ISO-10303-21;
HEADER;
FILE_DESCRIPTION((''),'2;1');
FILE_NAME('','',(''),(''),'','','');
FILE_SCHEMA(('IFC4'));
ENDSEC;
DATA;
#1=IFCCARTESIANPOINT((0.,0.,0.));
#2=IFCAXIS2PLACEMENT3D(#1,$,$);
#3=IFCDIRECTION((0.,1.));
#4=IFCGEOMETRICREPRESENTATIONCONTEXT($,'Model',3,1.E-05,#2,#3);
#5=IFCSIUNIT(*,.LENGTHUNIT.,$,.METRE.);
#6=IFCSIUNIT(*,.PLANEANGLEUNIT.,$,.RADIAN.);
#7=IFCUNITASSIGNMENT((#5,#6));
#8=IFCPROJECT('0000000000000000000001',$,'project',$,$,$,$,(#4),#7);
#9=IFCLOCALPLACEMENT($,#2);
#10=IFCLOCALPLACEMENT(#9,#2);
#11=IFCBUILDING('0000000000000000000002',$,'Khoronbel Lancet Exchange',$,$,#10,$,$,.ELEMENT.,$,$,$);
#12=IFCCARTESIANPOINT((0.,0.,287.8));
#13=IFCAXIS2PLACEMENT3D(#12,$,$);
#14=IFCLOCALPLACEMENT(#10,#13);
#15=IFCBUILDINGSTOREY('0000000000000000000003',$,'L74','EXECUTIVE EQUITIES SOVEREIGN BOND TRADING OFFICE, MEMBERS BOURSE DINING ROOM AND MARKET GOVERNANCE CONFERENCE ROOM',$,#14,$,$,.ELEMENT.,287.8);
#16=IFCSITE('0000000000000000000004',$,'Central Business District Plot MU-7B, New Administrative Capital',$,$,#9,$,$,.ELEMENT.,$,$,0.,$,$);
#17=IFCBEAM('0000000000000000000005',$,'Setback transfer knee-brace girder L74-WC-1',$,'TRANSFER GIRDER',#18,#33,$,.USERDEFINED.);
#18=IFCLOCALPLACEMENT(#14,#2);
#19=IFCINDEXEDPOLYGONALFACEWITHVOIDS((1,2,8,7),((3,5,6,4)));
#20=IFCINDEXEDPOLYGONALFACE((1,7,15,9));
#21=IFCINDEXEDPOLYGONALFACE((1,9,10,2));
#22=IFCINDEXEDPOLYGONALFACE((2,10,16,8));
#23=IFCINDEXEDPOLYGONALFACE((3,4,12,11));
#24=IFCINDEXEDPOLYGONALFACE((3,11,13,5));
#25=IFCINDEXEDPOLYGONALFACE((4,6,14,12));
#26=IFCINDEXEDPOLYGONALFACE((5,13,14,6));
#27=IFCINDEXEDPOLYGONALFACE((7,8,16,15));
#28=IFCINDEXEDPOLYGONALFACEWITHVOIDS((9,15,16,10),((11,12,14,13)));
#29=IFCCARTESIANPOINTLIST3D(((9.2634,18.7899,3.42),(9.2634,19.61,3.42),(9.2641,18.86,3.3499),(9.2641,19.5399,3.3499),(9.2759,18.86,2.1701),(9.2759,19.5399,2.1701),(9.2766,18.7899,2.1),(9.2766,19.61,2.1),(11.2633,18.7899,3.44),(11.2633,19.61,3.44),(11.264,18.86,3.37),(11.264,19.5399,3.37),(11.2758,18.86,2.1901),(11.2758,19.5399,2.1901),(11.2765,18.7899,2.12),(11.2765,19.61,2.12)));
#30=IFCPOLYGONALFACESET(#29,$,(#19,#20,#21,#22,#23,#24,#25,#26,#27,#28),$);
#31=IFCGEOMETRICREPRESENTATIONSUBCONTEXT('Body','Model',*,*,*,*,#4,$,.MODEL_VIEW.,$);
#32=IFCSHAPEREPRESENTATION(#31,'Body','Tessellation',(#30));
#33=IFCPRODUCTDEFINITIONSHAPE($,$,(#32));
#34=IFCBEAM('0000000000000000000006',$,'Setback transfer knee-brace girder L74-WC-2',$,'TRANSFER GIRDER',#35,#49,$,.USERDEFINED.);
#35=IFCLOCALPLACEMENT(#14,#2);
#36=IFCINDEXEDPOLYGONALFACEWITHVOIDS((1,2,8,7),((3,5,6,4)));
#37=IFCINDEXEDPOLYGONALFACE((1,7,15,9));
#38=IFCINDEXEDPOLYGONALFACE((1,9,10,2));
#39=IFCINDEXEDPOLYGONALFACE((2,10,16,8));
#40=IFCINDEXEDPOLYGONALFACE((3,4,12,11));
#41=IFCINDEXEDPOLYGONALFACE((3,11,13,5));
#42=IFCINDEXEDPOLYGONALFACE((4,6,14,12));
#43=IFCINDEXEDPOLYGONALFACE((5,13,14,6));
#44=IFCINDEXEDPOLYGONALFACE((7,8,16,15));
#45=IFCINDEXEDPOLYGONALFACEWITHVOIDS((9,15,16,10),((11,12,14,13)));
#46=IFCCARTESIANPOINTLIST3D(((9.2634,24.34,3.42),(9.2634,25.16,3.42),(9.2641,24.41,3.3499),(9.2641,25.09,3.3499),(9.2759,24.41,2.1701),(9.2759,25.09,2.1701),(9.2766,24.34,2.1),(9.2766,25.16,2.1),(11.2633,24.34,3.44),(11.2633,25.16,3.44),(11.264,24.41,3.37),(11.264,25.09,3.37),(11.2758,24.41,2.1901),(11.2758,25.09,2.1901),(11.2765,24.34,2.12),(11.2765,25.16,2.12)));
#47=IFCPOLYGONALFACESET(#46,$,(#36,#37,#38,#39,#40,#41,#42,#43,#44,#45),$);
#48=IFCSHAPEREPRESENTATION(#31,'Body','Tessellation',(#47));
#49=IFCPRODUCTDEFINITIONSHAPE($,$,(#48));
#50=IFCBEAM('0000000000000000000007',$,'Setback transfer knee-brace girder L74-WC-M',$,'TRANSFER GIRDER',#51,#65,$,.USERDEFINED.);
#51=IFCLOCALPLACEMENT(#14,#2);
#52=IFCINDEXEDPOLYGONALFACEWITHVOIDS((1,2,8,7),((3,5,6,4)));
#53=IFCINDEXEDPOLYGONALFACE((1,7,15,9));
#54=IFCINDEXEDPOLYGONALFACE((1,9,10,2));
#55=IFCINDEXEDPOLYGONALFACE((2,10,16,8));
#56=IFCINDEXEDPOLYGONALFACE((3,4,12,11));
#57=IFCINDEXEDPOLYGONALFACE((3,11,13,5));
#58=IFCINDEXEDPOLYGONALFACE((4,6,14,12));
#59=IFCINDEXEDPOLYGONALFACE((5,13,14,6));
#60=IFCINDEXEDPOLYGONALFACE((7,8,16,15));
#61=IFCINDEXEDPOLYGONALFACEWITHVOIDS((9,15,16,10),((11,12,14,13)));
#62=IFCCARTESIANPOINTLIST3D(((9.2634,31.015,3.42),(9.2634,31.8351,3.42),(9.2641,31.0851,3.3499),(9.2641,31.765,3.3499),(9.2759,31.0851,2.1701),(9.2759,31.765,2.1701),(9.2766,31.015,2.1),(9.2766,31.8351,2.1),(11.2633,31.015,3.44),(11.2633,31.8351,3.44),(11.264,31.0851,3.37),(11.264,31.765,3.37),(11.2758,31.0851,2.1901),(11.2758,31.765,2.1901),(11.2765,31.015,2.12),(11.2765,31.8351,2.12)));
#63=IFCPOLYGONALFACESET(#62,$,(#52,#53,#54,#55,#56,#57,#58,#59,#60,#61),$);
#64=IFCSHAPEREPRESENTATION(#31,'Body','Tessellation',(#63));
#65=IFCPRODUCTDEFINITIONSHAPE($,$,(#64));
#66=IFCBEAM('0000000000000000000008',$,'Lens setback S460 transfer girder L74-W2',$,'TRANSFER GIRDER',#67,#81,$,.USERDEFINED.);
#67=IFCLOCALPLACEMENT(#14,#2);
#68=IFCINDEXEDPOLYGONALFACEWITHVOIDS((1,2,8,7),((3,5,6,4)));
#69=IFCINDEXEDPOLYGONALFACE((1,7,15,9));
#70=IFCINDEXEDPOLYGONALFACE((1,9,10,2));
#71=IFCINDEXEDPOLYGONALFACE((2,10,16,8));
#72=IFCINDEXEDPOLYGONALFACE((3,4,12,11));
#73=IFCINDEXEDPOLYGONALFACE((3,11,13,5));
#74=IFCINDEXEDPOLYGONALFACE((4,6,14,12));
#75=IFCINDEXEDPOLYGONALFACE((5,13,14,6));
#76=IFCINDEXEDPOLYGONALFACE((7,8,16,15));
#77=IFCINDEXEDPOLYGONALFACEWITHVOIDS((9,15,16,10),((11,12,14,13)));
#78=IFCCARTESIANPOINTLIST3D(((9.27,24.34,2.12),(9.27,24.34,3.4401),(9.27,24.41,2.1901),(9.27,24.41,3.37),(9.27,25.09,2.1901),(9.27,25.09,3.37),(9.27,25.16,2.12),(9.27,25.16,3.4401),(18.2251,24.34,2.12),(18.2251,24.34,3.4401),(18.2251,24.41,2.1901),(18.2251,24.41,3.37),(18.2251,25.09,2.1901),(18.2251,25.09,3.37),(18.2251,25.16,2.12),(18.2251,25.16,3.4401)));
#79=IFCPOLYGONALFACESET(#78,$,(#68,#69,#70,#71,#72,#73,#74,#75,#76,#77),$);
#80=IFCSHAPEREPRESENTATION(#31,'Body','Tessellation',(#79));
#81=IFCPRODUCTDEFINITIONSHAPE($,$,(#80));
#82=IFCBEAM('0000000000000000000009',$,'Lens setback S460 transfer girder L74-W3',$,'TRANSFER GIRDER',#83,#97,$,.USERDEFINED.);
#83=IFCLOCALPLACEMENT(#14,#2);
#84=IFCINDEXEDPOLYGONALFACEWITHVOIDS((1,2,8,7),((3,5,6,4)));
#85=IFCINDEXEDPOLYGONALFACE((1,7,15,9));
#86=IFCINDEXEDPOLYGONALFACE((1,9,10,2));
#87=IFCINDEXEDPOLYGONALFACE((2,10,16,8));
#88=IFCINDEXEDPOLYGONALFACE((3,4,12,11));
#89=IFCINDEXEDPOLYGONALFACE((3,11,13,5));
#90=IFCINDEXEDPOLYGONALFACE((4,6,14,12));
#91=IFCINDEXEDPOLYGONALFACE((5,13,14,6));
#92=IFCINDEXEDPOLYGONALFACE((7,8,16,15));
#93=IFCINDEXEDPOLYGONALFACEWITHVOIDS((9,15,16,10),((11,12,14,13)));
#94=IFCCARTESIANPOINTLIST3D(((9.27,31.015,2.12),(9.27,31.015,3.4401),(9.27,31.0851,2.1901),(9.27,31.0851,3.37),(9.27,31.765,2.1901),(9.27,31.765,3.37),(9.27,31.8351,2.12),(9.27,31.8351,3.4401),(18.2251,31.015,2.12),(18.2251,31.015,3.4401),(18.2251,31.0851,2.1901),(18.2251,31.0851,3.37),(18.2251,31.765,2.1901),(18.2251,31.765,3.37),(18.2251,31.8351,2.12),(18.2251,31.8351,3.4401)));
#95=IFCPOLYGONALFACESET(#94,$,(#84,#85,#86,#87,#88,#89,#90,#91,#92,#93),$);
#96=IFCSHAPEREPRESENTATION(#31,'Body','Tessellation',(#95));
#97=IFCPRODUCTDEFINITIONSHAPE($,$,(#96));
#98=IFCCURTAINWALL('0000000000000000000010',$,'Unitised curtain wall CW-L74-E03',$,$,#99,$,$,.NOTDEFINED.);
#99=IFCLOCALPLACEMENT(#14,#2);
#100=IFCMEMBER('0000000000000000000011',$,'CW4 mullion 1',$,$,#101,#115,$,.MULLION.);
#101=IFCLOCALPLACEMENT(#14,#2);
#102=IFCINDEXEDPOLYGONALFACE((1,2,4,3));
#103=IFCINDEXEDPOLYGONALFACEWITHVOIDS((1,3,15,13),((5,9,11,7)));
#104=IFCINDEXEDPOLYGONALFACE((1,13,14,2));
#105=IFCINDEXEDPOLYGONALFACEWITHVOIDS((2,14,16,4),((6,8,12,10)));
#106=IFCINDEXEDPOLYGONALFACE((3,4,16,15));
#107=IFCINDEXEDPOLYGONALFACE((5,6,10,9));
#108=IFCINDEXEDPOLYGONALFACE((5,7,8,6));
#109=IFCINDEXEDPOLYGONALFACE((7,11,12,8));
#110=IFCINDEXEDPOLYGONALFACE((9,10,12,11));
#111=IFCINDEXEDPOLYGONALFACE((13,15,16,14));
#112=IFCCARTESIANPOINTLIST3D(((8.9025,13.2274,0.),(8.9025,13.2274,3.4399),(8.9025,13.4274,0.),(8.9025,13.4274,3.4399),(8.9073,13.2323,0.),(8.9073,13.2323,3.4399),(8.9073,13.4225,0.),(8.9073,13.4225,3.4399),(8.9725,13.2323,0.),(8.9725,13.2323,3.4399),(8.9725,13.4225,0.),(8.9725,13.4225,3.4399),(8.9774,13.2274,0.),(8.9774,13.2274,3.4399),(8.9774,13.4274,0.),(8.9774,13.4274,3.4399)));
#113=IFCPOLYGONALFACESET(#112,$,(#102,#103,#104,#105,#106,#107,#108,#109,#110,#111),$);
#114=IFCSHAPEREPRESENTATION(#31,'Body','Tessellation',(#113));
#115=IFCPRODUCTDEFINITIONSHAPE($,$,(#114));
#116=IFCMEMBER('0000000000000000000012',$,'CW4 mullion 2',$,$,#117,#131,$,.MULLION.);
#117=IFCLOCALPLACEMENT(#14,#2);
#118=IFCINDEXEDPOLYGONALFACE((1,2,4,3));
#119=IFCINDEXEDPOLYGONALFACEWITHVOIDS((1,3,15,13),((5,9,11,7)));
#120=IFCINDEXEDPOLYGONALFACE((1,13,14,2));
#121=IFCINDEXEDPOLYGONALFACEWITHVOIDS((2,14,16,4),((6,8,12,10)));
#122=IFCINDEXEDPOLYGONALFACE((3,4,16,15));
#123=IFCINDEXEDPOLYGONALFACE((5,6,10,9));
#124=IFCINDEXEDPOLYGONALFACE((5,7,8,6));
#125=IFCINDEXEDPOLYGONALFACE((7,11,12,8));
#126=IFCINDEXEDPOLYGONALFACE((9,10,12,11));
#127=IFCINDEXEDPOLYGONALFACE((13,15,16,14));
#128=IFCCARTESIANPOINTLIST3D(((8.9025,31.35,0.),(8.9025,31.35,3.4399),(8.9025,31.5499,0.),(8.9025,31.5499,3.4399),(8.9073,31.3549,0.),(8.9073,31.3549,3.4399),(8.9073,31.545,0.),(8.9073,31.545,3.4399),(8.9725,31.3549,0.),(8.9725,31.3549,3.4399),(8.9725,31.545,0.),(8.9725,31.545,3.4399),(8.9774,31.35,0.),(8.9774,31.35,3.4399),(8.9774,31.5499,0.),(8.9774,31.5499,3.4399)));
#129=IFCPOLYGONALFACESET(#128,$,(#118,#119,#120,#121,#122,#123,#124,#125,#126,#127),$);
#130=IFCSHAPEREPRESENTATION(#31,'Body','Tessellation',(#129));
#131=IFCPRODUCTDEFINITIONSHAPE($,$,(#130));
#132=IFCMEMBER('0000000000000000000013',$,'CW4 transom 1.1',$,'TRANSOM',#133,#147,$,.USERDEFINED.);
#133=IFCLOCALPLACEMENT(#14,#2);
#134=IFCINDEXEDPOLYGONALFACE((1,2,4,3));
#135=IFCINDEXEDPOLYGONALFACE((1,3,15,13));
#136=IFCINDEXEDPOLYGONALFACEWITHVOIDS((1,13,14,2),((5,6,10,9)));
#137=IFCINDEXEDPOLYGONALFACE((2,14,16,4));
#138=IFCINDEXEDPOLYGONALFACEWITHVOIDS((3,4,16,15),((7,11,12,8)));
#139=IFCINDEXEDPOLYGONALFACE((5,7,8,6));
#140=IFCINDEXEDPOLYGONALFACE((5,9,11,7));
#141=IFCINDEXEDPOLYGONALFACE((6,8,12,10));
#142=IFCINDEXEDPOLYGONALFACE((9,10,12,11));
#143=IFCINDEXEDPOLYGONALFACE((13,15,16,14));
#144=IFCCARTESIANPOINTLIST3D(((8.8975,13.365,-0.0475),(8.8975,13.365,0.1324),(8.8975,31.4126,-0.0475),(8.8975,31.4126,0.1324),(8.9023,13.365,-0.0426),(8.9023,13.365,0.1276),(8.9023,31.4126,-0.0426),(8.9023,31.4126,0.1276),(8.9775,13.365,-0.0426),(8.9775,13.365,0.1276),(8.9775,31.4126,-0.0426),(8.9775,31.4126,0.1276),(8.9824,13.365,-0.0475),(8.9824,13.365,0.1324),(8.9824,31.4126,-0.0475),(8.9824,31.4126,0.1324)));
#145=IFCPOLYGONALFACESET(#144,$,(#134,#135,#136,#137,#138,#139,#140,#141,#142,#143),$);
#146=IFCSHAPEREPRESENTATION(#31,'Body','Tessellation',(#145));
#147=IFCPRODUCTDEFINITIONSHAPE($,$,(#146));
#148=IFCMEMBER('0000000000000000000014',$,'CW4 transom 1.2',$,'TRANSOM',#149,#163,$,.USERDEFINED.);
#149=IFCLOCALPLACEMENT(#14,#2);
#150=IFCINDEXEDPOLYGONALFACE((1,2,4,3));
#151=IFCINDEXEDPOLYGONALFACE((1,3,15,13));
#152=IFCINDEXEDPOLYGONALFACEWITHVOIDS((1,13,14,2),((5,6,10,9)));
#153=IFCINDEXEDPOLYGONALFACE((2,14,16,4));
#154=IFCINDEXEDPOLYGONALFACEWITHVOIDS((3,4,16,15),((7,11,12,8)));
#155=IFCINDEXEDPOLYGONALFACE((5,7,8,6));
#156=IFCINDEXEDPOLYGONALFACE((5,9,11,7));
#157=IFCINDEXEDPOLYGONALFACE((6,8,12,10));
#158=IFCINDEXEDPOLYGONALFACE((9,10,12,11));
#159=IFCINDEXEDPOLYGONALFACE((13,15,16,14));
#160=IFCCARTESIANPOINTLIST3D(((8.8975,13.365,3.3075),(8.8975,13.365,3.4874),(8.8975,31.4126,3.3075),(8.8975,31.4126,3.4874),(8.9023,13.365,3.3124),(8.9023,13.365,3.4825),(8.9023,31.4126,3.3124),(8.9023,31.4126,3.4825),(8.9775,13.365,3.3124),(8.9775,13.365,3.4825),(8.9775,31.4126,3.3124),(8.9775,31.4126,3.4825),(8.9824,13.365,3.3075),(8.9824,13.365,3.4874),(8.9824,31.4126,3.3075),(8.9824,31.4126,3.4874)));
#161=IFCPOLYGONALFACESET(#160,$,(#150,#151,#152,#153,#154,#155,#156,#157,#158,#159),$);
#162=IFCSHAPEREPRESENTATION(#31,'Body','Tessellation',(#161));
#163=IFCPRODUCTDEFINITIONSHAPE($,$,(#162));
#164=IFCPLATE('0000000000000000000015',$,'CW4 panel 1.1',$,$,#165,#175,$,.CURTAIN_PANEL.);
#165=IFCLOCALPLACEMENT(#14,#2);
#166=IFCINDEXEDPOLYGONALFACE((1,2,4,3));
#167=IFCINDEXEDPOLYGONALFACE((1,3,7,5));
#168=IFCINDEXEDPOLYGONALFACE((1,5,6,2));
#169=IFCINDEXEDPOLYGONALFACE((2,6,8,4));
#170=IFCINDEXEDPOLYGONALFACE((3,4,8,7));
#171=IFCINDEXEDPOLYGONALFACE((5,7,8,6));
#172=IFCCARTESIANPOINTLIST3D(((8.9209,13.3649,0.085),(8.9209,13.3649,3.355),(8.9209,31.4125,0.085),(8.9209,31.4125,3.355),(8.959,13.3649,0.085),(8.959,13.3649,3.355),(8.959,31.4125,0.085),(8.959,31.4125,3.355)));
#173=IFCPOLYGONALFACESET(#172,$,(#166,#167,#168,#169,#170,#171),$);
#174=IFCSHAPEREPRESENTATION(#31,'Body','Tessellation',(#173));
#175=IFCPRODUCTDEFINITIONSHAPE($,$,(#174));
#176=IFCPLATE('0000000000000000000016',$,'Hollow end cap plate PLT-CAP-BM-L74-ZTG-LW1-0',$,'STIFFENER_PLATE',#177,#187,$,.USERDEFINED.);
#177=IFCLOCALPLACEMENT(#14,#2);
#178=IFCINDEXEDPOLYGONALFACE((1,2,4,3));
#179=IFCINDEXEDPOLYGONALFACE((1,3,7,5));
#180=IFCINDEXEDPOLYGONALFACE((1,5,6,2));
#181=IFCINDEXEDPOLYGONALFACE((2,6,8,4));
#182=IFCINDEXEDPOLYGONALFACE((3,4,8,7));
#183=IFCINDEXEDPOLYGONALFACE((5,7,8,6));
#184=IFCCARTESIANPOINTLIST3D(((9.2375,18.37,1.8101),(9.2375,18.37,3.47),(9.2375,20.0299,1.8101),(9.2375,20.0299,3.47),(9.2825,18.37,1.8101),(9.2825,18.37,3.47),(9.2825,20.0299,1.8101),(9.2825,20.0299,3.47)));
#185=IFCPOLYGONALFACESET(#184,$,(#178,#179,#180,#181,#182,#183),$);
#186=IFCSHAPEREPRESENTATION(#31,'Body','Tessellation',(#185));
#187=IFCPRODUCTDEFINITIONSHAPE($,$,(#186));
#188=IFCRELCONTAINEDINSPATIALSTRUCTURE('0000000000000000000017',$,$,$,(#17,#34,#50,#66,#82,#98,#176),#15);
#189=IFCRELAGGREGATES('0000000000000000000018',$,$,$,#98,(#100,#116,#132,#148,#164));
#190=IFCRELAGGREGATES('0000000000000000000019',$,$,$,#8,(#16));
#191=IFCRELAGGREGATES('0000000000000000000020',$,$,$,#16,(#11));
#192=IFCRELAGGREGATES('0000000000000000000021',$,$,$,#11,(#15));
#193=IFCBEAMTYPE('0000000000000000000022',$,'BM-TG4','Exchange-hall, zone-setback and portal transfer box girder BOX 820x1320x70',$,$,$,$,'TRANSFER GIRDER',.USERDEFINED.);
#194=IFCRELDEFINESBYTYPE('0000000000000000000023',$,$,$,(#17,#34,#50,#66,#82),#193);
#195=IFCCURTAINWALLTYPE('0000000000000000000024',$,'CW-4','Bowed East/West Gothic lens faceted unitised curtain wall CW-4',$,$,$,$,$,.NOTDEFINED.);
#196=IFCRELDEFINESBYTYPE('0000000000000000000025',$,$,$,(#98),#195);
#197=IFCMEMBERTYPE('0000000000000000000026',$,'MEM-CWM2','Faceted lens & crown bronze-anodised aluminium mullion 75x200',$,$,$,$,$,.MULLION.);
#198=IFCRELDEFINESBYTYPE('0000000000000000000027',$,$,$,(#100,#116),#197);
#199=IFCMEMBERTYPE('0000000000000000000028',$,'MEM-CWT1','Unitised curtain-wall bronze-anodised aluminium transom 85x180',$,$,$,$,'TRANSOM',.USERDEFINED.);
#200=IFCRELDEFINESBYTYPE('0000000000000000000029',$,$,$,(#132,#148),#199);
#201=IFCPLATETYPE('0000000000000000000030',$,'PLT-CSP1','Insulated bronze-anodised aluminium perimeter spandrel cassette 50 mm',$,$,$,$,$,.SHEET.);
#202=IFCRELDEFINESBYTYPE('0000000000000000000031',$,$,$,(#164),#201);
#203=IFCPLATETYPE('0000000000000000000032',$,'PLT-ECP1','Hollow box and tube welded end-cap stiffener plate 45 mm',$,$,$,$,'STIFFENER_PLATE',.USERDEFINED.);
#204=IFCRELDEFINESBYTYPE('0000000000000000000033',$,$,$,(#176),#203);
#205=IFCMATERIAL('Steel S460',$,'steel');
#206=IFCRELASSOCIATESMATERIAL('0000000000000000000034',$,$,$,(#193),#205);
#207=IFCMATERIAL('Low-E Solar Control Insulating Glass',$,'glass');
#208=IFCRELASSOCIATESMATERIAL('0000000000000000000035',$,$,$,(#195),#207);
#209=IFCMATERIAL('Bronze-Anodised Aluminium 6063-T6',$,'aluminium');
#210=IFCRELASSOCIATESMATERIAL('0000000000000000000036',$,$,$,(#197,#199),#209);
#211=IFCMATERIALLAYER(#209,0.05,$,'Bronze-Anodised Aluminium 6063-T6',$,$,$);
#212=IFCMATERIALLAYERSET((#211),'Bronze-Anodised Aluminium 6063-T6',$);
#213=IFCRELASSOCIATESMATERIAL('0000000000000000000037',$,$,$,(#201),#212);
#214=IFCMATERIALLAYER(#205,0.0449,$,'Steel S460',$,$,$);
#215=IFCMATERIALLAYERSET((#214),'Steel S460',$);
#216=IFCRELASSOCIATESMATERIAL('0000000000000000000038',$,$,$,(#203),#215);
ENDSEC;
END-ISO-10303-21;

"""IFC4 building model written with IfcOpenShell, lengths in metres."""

from ifc_helpers import new_model, si_unit, direction, frame, origin, origin_2d, place, context, subcontext, project, spatial, rectangle, hollow_rectangle, extrude, material, layer, layer_set, material_profile, profile_set, type_object, element, aggregate, save


model = new_model("IFC4")

# Units and contexts
model_context = context("Model", 3, precision=1e-05, world=origin(), true_north=direction((0.0, 1.0)))
body_context = subcontext(model_context, "Body", "Model", "MODEL_VIEW")
ifc_project = project(units=[si_unit("LENGTHUNIT", "METRE"), si_unit("PLANEANGLEUNIT", "RADIAN")], contexts=[model_context])

# Site, building, storey
site_placement = place(None, origin())
site = spatial("IfcSite", under=ifc_project, at=site_placement, Name="Central Business District Plot MU-7B, New Administrative Capital", CompositionType="ELEMENT", RefElevation=0.0)
building_placement = place(site_placement, origin())
building = spatial("IfcBuilding", under=site, at=building_placement, Name="Khoronbel Lancet Exchange", CompositionType="ELEMENT")
storey_placement = place(building_placement, frame((0.0, 0.0, 287.8)))
storey = spatial("IfcBuildingStorey", under=building, at=storey_placement, Name="L74", Description="EXECUTIVE EQUITIES SOVEREIGN BOND TRADING OFFICE, MEMBERS BOURSE DINING ROOM AND MARKET GOVERNANCE CONFERENCE ROOM", CompositionType="ELEMENT", Elevation=287.8)

# Beams
ifc_material_1 = material(Name="Steel S460", Category="steel")
ifc_material_profile_1 = material_profile(ifc_material_1, hollow_rectangle(XDim=0.8201, YDim=1.3201, WallThickness=0.0701, at=origin_2d()), Name="BOX 820x1320x70")
ifc_profile_set_1 = profile_set([ifc_material_profile_1], Name="Steel S460")
beam_type_1 = type_object("IfcBeamType", Name="BM-TG4", Description="Exchange-hall, zone-setback and portal transfer box girder BOX 820x1320x70", ElementType="TRANSFER GIRDER", PredefinedType="USERDEFINED", material=ifc_profile_set_1)
for number, where, z_axis, x_axis, name in (
    (1, (9.27, 19.2, 2.76), (0.99995, 0.0, 0.010009), (0.0, 1.0, 0.0), "Setback transfer knee-brace girder L74-WC-1"),
    (2, (9.27, 24.75, 2.76), (0.99995, 0.0, 0.010009), (0.0, 1.0, 0.0), "Setback transfer knee-brace girder L74-WC-2"),
    (3, (9.27, 31.425, 2.76), (0.99995, 0.0, 0.010009), (0.0, 1.0, 0.0), "Setback transfer knee-brace girder L74-WC-M"),
):
    element("IfcBeam", number, at=place(storey_placement, frame(where, z_axis=z_axis, x_axis=x_axis)), inside=storey, type_object=beam_type_1, Name=name, ObjectType="TRANSFER GIRDER", PredefinedType="USERDEFINED", context=body_context, shape_type="SweptSolid", body=[
        extrude(hollow_rectangle(XDim=0.8201, YDim=1.3201, WallThickness=0.0701, at=origin_2d()), origin(), (0.0, 0.0, 1.0), 2.0),
    ])
for number, where, z_axis, x_axis, name in (
    (4, (9.27, 24.75, 2.78), (1.0, 0.0, 0.0), (0.0, 1.0, 0.0), "Lens setback S460 transfer girder L74-W2"),
    (5, (9.27, 31.425, 2.78), (1.0, 0.0, 0.0), (0.0, 1.0, 0.0), "Lens setback S460 transfer girder L74-W3"),
):
    element("IfcBeam", number, at=place(storey_placement, frame(where, z_axis=z_axis, x_axis=x_axis)), inside=storey, type_object=beam_type_1, Name=name, ObjectType="TRANSFER GIRDER", PredefinedType="USERDEFINED", context=body_context, shape_type="SweptSolid", body=[
        extrude(hollow_rectangle(XDim=0.8201, YDim=1.3201, WallThickness=0.0701, at=origin_2d()), origin(), (0.0, 0.0, 1.0), 8.9551),
    ])

# Curtain wall, members, plate
ifc_material_2 = material(Name="Low-E Solar Control Insulating Glass", Category="glass")
curtain_wall_type = type_object("IfcCurtainWallType", Name="CW-4", Description="Bowed East/West Gothic lens faceted unitised curtain wall CW-4", PredefinedType="NOTDEFINED", material=ifc_material_2)
curtain_wall_placement = place(storey_placement, origin())
curtain_wall = element("IfcCurtainWall", 6, at=curtain_wall_placement, inside=storey, type_object=curtain_wall_type, Name="Unitised curtain wall CW-L74-E03", PredefinedType="NOTDEFINED")
ifc_material_3 = material(Name="Bronze-Anodised Aluminium 6063-T6", Category="aluminium")
ifc_material_profile_2 = material_profile(ifc_material_3, hollow_rectangle(XDim=0.075, YDim=0.2, WallThickness=0.0049, at=origin_2d()), Name="ALU MULLION 75x200")
ifc_profile_set_2 = profile_set([ifc_material_profile_2], Name="Bronze-Anodised Aluminium 6063-T6")
member_type_1 = type_object("IfcMemberType", Name="MEM-CWM2", Description="Faceted lens & crown bronze-anodised aluminium mullion 75x200", PredefinedType="MULLION", material=ifc_profile_set_2)
member_1_placement = place(storey_placement, frame((8.9399, 13.3274, 0.0), z_axis=(0.0, 0.0, 1.0), x_axis=(-1.0, 0.0, 0.0)))
member_1 = element("IfcMember", 7, at=member_1_placement, type_object=member_type_1, Name="CW4 mullion 1", PredefinedType="MULLION", context=body_context, shape_type="SweptSolid", body=[
    extrude(hollow_rectangle(XDim=0.075, YDim=0.2, WallThickness=0.0049, at=origin_2d()), origin(), (0.0, 0.0, 1.0), 3.4399),
])
member_2_placement = place(storey_placement, frame((8.9399, 31.45, 0.0), z_axis=(0.0, 0.0, 1.0), x_axis=(-1.0, 0.0, 0.0)))
member_2 = element("IfcMember", 8, at=member_2_placement, type_object=member_type_1, Name="CW4 mullion 2", PredefinedType="MULLION", context=body_context, shape_type="SweptSolid", body=[
    extrude(hollow_rectangle(XDim=0.075, YDim=0.2, WallThickness=0.0049, at=origin_2d()), origin(), (0.0, 0.0, 1.0), 3.4399),
])
ifc_material_profile_3 = material_profile(ifc_material_3, hollow_rectangle(XDim=0.085, YDim=0.1799, WallThickness=0.0049, at=origin_2d()), Name="ALU TRANSOM 85x180")
ifc_profile_set_3 = profile_set([ifc_material_profile_3], Name="Bronze-Anodised Aluminium 6063-T6")
member_type_2 = type_object("IfcMemberType", Name="MEM-CWT1", Description="Unitised curtain-wall bronze-anodised aluminium transom 85x180", ElementType="TRANSOM", PredefinedType="USERDEFINED", material=ifc_profile_set_3)
member_3_placement = place(storey_placement, frame((8.9399, 13.365, 0.0425), z_axis=(0.0, 1.0, 0.0), x_axis=(-1.0, 0.0, 0.0)))
member_3 = element("IfcMember", 9, at=member_3_placement, type_object=member_type_2, Name="CW4 transom 1.1", ObjectType="TRANSOM", PredefinedType="USERDEFINED", context=body_context, shape_type="SweptSolid", body=[
    extrude(hollow_rectangle(XDim=0.085, YDim=0.1799, WallThickness=0.0049, at=origin_2d()), origin(), (0.0, 0.0, 1.0), 18.0476),
])
member_4_placement = place(storey_placement, frame((8.9399, 13.365, 3.3975), z_axis=(0.0, 1.0, 0.0), x_axis=(-1.0, 0.0, 0.0)))
member_4 = element("IfcMember", 10, at=member_4_placement, type_object=member_type_2, Name="CW4 transom 1.2", ObjectType="TRANSOM", PredefinedType="USERDEFINED", context=body_context, shape_type="SweptSolid", body=[
    extrude(hollow_rectangle(XDim=0.085, YDim=0.1799, WallThickness=0.0049, at=origin_2d()), origin(), (0.0, 0.0, 1.0), 18.0476),
])
ifc_layer_1 = layer(ifc_material_3, 0.05, Name="Bronze-Anodised Aluminium 6063-T6")
ifc_layer_set_1 = layer_set([ifc_layer_1], Name="Bronze-Anodised Aluminium 6063-T6")
plate_type_1 = type_object("IfcPlateType", Name="PLT-CSP1", Description="Insulated bronze-anodised aluminium perimeter spandrel cassette 50 mm", PredefinedType="SHEET", material=ifc_layer_set_1)
plate_1_placement = place(storey_placement, frame((8.9399, 22.3887, 0.085), z_axis=(0.0, 0.0, 1.0), x_axis=(0.0, 1.0, 0.0)))
plate_1 = element("IfcPlate", 11, at=plate_1_placement, type_object=plate_type_1, Name="CW4 panel 1.1", PredefinedType="CURTAIN_PANEL", context=body_context, shape_type="SweptSolid", body=[
    extrude(rectangle(XDim=18.0476, YDim=0.0381, at=origin_2d()), origin(), (0.0, 0.0, 1.0), 3.27),
])
aggregate(curtain_wall, [member_1, member_2, member_3, member_4, plate_1])

# Plate
ifc_layer_2 = layer(ifc_material_1, 0.0449, Name="Steel S460")
ifc_layer_set_2 = layer_set([ifc_layer_2], Name="Steel S460")
plate_type_2 = type_object("IfcPlateType", Name="PLT-ECP1", Description="Hollow box and tube welded end-cap stiffener plate 45 mm", ElementType="STIFFENER_PLATE", PredefinedType="USERDEFINED", material=ifc_layer_set_2)
plate_2_placement = place(storey_placement, frame((9.26, 19.2, 1.8101), z_axis=(0.0, 0.0, 1.0), x_axis=(-1.0, 0.0, 0.0)))
element("IfcPlate", 12, at=plate_2_placement, inside=storey, type_object=plate_type_2, Name="Hollow end cap plate PLT-CAP-BM-L74-ZTG-LW1-0", ObjectType="STIFFENER_PLATE", PredefinedType="USERDEFINED", context=body_context, shape_type="SweptSolid", body=[
    extrude(rectangle(XDim=0.0449, YDim=1.6599, at=origin_2d()), origin(), (0.0, 0.0, 1.0), 1.6599),
])

save(model, "model.ifc")
